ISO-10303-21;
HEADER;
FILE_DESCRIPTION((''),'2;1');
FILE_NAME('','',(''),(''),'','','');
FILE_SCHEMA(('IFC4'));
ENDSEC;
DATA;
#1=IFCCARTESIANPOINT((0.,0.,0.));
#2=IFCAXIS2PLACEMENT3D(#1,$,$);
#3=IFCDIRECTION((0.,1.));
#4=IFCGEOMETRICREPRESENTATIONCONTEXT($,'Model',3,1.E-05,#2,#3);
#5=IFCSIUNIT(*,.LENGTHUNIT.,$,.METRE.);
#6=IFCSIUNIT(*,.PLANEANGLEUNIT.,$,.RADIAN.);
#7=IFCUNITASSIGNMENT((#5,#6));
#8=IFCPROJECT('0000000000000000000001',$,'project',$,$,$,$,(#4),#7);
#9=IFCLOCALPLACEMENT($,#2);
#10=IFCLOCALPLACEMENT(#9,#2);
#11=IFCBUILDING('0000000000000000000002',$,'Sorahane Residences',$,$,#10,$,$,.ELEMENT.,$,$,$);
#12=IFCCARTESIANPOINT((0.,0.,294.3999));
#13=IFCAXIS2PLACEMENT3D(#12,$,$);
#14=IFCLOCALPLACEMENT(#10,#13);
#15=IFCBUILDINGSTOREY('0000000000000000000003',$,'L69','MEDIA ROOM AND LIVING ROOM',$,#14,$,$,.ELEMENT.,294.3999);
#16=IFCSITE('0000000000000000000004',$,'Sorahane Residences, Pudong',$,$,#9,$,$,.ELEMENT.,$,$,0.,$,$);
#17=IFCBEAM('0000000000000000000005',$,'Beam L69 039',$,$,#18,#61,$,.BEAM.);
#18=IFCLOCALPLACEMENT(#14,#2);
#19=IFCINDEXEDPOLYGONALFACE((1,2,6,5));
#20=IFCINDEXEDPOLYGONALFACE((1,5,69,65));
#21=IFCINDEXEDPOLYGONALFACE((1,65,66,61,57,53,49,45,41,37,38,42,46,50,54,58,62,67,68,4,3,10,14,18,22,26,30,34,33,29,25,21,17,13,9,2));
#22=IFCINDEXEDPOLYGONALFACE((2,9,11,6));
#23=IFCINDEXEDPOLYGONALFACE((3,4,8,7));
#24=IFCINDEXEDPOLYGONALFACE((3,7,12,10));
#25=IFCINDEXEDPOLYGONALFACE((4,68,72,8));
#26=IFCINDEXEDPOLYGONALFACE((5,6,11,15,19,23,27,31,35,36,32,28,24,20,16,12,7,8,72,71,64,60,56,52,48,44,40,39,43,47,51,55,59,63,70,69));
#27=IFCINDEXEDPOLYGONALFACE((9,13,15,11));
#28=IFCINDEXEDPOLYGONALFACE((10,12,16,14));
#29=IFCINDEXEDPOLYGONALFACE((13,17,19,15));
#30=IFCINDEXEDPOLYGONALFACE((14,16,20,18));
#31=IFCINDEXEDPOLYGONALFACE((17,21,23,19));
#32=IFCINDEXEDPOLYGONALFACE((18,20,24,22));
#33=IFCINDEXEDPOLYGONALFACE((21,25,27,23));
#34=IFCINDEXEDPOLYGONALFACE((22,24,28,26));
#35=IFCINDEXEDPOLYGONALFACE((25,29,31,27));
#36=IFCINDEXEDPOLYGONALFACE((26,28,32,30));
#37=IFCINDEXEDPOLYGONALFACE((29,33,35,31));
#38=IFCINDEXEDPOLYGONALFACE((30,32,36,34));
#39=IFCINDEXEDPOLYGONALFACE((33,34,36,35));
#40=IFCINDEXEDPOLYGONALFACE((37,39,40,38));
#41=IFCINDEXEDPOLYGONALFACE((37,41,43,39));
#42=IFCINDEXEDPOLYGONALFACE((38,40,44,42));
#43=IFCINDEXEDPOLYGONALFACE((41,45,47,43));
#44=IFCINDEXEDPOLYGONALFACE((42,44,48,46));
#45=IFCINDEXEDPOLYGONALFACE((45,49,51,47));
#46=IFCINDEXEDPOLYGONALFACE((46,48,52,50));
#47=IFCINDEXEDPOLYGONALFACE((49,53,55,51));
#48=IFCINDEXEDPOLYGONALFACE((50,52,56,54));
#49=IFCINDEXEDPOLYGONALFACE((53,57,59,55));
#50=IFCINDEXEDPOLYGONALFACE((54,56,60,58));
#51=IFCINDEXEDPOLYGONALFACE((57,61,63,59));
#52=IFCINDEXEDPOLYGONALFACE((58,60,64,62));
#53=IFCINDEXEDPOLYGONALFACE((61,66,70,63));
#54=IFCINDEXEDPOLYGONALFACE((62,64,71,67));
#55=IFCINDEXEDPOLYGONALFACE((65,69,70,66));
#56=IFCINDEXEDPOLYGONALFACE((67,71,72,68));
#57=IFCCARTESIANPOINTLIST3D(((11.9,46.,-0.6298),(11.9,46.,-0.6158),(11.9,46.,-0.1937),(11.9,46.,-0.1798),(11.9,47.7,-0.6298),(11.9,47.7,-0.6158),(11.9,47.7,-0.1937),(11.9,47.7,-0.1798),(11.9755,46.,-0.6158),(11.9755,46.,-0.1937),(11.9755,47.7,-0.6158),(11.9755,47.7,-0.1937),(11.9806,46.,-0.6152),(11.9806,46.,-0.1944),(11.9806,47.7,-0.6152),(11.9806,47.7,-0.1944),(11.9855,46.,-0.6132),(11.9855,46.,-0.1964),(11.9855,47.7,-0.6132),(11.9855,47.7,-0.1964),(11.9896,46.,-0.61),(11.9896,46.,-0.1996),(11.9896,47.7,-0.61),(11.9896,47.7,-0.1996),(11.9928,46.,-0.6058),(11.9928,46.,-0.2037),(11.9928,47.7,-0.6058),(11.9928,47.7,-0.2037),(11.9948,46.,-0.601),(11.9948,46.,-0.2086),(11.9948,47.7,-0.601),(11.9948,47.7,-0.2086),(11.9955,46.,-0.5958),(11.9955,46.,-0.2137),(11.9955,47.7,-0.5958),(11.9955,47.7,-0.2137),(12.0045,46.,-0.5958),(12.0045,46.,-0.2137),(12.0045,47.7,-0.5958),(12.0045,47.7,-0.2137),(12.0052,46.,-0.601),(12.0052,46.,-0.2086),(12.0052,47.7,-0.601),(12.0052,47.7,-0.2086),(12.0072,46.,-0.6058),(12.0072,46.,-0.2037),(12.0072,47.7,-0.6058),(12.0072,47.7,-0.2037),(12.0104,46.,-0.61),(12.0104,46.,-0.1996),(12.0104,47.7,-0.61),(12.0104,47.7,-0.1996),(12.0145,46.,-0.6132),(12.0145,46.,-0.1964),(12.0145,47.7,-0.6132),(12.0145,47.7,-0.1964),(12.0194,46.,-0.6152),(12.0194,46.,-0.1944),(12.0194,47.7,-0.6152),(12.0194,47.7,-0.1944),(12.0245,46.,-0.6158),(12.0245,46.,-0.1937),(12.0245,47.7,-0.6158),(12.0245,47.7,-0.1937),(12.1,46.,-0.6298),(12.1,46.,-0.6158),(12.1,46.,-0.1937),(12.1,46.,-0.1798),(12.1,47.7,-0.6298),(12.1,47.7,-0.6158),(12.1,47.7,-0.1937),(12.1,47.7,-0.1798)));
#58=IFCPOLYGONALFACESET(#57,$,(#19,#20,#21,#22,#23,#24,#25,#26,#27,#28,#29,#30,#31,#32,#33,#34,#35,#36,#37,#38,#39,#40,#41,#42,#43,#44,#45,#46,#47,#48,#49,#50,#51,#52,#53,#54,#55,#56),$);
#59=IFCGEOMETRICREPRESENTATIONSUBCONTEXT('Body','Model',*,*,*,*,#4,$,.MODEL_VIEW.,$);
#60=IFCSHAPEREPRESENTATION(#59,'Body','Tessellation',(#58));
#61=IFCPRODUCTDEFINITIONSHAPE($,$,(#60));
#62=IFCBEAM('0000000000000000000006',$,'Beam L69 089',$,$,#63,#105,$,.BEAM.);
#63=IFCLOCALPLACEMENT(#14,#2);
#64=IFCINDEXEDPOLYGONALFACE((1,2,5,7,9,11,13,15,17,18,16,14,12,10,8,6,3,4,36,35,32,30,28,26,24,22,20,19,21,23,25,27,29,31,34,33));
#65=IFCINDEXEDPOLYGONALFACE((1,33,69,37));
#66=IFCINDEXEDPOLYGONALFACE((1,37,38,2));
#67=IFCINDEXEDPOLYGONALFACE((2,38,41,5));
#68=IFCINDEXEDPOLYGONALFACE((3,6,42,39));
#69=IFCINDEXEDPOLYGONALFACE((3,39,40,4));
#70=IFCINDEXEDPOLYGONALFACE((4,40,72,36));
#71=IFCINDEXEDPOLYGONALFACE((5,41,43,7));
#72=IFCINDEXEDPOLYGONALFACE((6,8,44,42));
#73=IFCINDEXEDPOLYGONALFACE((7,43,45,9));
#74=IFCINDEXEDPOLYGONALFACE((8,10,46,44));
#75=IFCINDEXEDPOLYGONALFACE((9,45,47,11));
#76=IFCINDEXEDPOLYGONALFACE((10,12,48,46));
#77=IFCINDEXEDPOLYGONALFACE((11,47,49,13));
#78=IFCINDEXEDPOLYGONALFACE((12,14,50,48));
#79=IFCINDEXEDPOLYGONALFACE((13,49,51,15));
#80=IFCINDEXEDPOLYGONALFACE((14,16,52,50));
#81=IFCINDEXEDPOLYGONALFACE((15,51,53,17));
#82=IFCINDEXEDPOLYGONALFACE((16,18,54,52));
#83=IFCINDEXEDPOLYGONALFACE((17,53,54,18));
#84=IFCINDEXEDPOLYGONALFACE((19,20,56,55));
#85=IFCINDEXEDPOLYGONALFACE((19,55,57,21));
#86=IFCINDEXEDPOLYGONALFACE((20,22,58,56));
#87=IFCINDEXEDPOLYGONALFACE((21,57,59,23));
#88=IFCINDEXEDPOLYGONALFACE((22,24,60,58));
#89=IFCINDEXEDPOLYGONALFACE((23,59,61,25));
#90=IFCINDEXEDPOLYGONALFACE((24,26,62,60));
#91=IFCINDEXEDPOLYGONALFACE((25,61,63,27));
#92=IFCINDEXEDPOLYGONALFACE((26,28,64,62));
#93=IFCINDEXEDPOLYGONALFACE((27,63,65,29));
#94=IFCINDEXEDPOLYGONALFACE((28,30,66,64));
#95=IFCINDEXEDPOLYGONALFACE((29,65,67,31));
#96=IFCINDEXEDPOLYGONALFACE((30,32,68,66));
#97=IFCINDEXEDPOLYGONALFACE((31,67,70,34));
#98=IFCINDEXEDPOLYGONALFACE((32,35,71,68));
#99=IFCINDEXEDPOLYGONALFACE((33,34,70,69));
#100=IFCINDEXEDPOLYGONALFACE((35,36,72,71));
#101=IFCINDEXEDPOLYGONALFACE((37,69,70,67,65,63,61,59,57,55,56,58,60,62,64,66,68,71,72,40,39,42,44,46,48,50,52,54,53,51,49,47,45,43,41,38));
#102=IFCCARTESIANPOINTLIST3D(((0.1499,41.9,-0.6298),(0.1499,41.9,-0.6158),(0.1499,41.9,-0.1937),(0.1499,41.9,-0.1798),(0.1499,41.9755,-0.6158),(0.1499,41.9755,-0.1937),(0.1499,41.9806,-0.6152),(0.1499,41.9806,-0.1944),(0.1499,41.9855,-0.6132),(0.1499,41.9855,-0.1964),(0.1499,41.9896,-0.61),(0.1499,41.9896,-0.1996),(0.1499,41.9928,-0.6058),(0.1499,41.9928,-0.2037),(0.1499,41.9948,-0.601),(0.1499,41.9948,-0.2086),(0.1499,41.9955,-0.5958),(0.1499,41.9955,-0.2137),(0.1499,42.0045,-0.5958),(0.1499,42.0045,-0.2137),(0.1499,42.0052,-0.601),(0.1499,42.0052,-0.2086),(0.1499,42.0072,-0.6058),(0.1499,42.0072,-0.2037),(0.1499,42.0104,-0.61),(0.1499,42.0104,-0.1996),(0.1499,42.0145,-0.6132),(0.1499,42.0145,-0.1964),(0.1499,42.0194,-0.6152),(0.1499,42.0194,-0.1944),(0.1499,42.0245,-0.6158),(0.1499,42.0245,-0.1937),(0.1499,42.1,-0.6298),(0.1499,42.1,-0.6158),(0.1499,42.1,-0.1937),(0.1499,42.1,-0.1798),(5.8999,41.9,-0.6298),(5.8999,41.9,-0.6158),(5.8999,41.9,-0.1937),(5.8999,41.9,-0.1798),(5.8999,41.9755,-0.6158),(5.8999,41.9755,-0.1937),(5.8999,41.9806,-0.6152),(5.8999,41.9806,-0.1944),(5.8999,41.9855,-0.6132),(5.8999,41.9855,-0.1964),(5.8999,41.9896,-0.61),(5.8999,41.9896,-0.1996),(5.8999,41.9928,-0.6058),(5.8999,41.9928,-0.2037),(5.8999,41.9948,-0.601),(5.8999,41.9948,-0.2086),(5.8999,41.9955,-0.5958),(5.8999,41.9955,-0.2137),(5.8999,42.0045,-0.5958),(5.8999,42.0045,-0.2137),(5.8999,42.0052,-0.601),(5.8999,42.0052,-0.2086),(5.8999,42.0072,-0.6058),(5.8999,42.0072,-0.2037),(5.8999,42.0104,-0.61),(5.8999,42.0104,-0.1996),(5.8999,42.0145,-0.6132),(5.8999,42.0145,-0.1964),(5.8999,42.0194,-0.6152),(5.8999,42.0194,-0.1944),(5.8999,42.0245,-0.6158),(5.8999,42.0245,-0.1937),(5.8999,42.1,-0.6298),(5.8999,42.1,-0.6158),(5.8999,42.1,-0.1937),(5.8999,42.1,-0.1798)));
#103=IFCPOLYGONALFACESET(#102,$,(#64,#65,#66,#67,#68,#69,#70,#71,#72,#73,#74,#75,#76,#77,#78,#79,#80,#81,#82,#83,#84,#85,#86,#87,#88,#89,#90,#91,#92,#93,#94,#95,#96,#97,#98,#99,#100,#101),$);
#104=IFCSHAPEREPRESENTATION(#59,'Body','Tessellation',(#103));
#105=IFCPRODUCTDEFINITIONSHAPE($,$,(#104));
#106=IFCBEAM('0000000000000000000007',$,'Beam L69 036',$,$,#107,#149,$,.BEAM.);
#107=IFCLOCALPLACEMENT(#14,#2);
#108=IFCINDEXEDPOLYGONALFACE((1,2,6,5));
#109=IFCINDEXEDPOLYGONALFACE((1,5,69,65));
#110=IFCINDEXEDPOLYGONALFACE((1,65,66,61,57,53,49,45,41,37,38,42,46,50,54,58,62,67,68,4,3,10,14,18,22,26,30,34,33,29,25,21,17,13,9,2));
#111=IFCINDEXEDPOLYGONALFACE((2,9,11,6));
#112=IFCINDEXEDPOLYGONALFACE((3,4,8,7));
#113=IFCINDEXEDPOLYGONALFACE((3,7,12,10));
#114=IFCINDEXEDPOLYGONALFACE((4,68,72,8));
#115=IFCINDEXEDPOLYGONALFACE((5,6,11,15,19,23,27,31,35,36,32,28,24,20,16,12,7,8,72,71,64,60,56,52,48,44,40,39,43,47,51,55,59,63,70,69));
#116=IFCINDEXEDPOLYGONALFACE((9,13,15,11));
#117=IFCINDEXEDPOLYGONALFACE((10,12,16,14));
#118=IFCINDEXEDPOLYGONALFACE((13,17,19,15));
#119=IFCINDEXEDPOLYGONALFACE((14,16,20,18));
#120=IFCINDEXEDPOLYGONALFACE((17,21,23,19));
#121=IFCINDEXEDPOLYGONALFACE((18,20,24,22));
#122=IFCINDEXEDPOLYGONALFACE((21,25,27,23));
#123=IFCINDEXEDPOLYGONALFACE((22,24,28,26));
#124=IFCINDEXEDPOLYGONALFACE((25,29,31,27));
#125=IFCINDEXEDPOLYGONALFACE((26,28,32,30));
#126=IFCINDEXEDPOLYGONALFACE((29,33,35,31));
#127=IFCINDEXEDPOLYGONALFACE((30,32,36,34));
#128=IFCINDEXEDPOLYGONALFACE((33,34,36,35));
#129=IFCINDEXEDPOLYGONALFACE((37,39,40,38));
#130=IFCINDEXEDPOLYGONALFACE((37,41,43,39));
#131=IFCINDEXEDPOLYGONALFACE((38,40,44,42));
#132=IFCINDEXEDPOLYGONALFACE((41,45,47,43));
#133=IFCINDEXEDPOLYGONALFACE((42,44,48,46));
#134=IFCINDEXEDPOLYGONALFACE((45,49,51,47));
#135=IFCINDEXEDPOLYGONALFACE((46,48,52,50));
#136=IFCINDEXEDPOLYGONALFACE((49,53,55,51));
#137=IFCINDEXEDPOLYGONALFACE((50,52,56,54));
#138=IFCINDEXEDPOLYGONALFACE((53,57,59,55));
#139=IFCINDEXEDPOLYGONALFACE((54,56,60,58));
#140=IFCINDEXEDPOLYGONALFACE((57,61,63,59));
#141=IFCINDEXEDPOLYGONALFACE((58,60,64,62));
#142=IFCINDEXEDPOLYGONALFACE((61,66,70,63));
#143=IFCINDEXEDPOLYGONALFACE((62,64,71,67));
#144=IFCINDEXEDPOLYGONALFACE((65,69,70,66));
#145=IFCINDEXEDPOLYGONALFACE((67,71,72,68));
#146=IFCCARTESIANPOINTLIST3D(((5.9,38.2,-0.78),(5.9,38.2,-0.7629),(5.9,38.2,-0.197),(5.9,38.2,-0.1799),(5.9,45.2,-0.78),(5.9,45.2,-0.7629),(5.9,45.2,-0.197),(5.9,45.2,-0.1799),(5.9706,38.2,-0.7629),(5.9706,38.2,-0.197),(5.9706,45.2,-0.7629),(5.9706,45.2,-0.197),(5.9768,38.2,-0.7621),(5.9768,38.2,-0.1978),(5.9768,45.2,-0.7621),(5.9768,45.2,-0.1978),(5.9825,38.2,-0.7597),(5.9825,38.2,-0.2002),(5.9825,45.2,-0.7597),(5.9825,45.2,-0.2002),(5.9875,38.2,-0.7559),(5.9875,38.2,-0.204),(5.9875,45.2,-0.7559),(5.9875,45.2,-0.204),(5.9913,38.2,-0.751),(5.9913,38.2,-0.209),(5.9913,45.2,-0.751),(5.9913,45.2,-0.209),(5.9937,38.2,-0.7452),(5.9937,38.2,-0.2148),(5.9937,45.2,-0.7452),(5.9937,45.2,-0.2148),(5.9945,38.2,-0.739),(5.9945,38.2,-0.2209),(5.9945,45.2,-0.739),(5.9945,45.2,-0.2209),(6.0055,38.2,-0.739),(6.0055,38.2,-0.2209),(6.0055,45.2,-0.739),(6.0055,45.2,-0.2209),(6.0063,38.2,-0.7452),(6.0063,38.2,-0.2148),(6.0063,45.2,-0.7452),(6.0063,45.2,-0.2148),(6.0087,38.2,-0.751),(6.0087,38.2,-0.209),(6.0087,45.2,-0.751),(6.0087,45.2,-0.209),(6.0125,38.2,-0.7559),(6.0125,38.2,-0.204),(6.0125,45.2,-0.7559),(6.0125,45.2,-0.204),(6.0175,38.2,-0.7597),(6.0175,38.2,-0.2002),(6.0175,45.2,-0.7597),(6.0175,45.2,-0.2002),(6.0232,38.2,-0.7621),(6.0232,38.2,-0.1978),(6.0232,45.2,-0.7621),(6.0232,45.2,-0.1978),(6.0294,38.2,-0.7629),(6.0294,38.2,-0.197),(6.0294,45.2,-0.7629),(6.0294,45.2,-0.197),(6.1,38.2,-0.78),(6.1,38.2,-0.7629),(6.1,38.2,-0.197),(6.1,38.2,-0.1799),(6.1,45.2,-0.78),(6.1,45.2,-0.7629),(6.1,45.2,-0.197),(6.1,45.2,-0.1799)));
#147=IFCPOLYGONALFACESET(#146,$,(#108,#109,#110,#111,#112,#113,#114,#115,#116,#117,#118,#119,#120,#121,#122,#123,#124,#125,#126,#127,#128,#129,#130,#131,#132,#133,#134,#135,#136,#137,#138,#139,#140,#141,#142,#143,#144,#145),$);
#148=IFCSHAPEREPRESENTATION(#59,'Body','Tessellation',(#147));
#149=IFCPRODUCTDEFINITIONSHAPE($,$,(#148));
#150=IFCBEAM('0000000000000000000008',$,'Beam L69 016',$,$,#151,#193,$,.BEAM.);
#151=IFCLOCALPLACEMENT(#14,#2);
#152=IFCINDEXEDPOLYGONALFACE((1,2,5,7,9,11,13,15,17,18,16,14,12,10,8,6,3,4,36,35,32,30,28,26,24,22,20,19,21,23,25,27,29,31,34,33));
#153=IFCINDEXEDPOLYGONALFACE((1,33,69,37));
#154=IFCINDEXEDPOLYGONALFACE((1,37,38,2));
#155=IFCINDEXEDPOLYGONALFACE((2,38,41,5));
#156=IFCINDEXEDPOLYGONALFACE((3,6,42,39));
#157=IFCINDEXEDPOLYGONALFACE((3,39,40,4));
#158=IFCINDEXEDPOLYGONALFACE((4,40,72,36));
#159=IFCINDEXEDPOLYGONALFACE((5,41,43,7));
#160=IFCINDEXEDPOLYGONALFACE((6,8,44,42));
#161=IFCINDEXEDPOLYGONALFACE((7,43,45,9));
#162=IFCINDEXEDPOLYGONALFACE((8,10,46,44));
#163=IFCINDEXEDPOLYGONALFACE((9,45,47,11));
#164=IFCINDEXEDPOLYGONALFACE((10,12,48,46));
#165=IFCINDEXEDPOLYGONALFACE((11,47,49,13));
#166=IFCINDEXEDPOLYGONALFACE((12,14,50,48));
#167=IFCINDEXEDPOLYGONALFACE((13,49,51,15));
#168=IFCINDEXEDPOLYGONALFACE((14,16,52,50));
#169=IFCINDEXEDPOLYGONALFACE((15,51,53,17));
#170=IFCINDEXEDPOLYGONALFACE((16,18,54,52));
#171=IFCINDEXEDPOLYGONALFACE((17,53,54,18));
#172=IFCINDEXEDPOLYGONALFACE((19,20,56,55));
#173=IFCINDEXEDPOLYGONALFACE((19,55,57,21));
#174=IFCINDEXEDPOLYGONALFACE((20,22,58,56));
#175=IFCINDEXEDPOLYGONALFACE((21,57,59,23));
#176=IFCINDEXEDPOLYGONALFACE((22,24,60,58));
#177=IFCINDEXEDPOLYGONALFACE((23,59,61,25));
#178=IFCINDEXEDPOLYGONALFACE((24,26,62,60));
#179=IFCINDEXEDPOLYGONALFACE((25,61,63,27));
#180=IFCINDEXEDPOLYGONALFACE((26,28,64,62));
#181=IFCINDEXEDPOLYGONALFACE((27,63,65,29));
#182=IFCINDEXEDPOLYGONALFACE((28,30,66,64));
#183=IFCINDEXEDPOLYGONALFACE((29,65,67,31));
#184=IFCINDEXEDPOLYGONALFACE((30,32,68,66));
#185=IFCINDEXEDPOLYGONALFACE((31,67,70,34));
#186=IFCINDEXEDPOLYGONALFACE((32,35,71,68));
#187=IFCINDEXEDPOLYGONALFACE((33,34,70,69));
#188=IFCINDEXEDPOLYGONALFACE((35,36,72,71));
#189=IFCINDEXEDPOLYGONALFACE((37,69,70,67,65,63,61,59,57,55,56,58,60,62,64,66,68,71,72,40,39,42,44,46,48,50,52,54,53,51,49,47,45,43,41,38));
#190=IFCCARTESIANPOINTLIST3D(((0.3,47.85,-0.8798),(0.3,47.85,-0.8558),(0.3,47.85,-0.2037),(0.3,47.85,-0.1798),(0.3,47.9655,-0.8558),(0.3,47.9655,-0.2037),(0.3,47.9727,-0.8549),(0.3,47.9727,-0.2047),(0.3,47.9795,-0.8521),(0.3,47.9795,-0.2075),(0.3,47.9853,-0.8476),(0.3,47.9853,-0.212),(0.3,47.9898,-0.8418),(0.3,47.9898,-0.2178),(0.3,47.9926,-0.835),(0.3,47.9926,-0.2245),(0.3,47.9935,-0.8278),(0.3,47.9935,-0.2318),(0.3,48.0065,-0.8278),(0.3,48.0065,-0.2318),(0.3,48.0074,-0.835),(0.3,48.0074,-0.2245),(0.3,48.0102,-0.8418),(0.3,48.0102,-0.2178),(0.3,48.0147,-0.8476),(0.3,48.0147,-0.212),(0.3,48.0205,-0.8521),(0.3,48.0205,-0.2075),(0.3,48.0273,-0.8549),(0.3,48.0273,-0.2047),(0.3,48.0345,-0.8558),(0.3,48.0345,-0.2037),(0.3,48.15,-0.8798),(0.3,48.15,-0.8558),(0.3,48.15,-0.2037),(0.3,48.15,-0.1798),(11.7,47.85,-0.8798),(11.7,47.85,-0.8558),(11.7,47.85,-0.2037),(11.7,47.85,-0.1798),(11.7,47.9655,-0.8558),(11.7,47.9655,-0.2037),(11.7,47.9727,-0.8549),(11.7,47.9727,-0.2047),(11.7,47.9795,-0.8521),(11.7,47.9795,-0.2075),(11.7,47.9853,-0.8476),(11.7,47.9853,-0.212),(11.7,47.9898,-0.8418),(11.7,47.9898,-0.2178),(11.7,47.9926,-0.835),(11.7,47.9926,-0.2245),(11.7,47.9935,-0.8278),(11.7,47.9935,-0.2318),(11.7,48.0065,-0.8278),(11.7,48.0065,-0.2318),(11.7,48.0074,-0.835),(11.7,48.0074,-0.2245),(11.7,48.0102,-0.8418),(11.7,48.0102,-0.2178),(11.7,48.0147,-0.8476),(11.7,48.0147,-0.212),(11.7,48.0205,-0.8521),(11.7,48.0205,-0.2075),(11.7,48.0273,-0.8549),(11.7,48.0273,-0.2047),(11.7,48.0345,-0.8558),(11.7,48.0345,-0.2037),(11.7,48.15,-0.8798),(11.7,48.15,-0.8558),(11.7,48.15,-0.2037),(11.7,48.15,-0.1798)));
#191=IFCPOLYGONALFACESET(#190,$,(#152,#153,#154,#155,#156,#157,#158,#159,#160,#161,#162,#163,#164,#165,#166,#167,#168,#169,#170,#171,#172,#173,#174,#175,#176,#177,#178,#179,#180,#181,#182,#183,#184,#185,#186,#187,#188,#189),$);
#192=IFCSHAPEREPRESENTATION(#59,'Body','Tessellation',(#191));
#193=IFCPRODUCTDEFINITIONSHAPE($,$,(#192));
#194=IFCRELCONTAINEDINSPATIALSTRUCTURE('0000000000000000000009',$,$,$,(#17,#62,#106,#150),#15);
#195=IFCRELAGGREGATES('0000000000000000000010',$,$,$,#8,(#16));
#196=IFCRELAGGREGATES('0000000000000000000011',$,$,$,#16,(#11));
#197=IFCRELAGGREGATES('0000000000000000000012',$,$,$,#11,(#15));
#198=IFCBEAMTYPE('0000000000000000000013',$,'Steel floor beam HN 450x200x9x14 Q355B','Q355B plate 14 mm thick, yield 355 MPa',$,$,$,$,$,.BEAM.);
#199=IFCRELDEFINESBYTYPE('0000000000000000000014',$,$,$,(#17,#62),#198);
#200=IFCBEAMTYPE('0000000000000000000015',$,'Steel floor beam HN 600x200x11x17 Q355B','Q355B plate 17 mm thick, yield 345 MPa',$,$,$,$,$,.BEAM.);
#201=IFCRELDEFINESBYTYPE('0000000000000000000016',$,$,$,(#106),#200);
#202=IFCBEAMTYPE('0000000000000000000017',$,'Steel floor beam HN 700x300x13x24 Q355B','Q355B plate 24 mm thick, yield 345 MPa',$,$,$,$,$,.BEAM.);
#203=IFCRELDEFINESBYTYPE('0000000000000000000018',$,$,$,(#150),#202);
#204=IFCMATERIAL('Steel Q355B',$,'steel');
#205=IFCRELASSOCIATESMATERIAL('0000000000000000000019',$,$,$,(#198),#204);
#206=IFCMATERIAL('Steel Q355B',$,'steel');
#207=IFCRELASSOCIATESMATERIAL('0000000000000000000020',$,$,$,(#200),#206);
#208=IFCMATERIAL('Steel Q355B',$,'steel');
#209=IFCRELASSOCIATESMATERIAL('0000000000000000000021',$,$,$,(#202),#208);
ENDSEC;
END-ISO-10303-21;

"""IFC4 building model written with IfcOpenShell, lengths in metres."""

from ifc_helpers import new_model, si_unit, direction, frame, origin, origin_2d, place, context, subcontext, project, spatial, i_section, extrude, material, material_profile, profile_set, type_object, element, save


model = new_model("IFC4")

# Units and contexts
model_context = context("Model", 3, precision=1e-05, world=origin(), true_north=direction((0.0, 1.0)))
body_context = subcontext(model_context, "Body", "Model", "MODEL_VIEW")
ifc_project = project(units=[si_unit("LENGTHUNIT", "METRE"), si_unit("PLANEANGLEUNIT", "RADIAN")], contexts=[model_context])

# Site, building, storey
site_placement = place(None, origin())
site = spatial("IfcSite", under=ifc_project, at=site_placement, Name="Sorahane Residences, Pudong", CompositionType="ELEMENT", RefElevation=0.0)
building_placement = place(site_placement, origin())
building = spatial("IfcBuilding", under=site, at=building_placement, Name="Sorahane Residences", CompositionType="ELEMENT")
storey_placement = place(building_placement, frame((0.0, 0.0, 294.3999)))
storey = spatial("IfcBuildingStorey", under=building, at=storey_placement, Name="L69", Description="MEDIA ROOM AND LIVING ROOM", CompositionType="ELEMENT", Elevation=294.3999)

# Beams
ifc_material_1 = material(Name="Steel Q355B", Category="steel")
ifc_material_profile_1 = material_profile(ifc_material_1, i_section(OverallWidth=0.2, OverallDepth=0.45, WebThickness=0.009, FlangeThickness=0.0139, FilletRadius=0.02, at=origin_2d()), Name="HN 450x200x9x14")
ifc_profile_set_1 = profile_set([ifc_material_profile_1], Name="Steel Q355B")
beam_type_1 = type_object("IfcBeamType", Name="Steel floor beam HN 450x200x9x14 Q355B", Description="Q355B plate 14 mm thick, yield 355 MPa", PredefinedType="BEAM", material=ifc_profile_set_1)
beam_1_placement = place(storey_placement, frame((12.0, 46.0, -0.4048), z_axis=(0.0, 1.0, 0.0), x_axis=(-1.0, 0.0, 0.0)))
element("IfcBeam", 1, at=beam_1_placement, inside=storey, type_object=beam_type_1, Name="Beam L69 039", PredefinedType="BEAM", context=body_context, shape_type="SweptSolid", body=[
    extrude(i_section(OverallWidth=0.2, OverallDepth=0.45, WebThickness=0.009, FlangeThickness=0.0139, FilletRadius=0.02, at=origin_2d()), origin(), (0.0, 0.0, 1.0), 1.7),
])
beam_2_placement = place(storey_placement, frame((0.1499, 42.0, -0.4048), z_axis=(1.0, 0.0, 0.0), x_axis=(0.0, 1.0, 0.0)))
element("IfcBeam", 2, at=beam_2_placement, inside=storey, type_object=beam_type_1, Name="Beam L69 089", PredefinedType="BEAM", context=body_context, shape_type="SweptSolid", body=[
    extrude(i_section(OverallWidth=0.2, OverallDepth=0.45, WebThickness=0.009, FlangeThickness=0.0139, FilletRadius=0.02, at=origin_2d()), origin(), (0.0, 0.0, 1.0), 5.75),
])
ifc_material_2 = material(Name="Steel Q355B", Category="steel")
ifc_material_profile_2 = material_profile(ifc_material_2, i_section(OverallWidth=0.2, OverallDepth=0.6001, WebThickness=0.011, FlangeThickness=0.0171, FilletRadius=0.0239, at=origin_2d()), Name="HN 600x200x11x17")
ifc_profile_set_2 = profile_set([ifc_material_profile_2], Name="Steel Q355B")
beam_type_2 = type_object("IfcBeamType", Name="Steel floor beam HN 600x200x11x17 Q355B", Description="Q355B plate 17 mm thick, yield 345 MPa", PredefinedType="BEAM", material=ifc_profile_set_2)
beam_3_placement = place(storey_placement, frame((6.0, 38.2, -0.48), z_axis=(0.0, 1.0, 0.0), x_axis=(-1.0, 0.0, 0.0)))
element("IfcBeam", 3, at=beam_3_placement, inside=storey, type_object=beam_type_2, Name="Beam L69 036", PredefinedType="BEAM", context=body_context, shape_type="SweptSolid", body=[
    extrude(i_section(OverallWidth=0.2, OverallDepth=0.6001, WebThickness=0.011, FlangeThickness=0.0171, FilletRadius=0.0239, at=origin_2d()), origin(), (0.0, 0.0, 1.0), 7.0),
])
ifc_material_3 = material(Name="Steel Q355B", Category="steel")
ifc_material_profile_3 = material_profile(ifc_material_3, i_section(OverallWidth=0.3, OverallDepth=0.7, WebThickness=0.0129, FlangeThickness=0.0239, FilletRadius=0.0281, at=origin_2d()), Name="HN 700x300x13x24")
ifc_profile_set_3 = profile_set([ifc_material_profile_3], Name="Steel Q355B")
beam_type_3 = type_object("IfcBeamType", Name="Steel floor beam HN 700x300x13x24 Q355B", Description="Q355B plate 24 mm thick, yield 345 MPa", PredefinedType="BEAM", material=ifc_profile_set_3)
beam_4_placement = place(storey_placement, frame((0.3, 48.0, -0.5298), z_axis=(1.0, 0.0, 0.0), x_axis=(0.0, 1.0, 0.0)))
element("IfcBeam", 4, at=beam_4_placement, inside=storey, type_object=beam_type_3, Name="Beam L69 016", PredefinedType="BEAM", context=body_context, shape_type="SweptSolid", body=[
    extrude(i_section(OverallWidth=0.3, OverallDepth=0.7, WebThickness=0.0129, FlangeThickness=0.0239, FilletRadius=0.0281, at=origin_2d()), origin(), (0.0, 0.0, 1.0), 11.3999),
])

save(model, "model.ifc")
